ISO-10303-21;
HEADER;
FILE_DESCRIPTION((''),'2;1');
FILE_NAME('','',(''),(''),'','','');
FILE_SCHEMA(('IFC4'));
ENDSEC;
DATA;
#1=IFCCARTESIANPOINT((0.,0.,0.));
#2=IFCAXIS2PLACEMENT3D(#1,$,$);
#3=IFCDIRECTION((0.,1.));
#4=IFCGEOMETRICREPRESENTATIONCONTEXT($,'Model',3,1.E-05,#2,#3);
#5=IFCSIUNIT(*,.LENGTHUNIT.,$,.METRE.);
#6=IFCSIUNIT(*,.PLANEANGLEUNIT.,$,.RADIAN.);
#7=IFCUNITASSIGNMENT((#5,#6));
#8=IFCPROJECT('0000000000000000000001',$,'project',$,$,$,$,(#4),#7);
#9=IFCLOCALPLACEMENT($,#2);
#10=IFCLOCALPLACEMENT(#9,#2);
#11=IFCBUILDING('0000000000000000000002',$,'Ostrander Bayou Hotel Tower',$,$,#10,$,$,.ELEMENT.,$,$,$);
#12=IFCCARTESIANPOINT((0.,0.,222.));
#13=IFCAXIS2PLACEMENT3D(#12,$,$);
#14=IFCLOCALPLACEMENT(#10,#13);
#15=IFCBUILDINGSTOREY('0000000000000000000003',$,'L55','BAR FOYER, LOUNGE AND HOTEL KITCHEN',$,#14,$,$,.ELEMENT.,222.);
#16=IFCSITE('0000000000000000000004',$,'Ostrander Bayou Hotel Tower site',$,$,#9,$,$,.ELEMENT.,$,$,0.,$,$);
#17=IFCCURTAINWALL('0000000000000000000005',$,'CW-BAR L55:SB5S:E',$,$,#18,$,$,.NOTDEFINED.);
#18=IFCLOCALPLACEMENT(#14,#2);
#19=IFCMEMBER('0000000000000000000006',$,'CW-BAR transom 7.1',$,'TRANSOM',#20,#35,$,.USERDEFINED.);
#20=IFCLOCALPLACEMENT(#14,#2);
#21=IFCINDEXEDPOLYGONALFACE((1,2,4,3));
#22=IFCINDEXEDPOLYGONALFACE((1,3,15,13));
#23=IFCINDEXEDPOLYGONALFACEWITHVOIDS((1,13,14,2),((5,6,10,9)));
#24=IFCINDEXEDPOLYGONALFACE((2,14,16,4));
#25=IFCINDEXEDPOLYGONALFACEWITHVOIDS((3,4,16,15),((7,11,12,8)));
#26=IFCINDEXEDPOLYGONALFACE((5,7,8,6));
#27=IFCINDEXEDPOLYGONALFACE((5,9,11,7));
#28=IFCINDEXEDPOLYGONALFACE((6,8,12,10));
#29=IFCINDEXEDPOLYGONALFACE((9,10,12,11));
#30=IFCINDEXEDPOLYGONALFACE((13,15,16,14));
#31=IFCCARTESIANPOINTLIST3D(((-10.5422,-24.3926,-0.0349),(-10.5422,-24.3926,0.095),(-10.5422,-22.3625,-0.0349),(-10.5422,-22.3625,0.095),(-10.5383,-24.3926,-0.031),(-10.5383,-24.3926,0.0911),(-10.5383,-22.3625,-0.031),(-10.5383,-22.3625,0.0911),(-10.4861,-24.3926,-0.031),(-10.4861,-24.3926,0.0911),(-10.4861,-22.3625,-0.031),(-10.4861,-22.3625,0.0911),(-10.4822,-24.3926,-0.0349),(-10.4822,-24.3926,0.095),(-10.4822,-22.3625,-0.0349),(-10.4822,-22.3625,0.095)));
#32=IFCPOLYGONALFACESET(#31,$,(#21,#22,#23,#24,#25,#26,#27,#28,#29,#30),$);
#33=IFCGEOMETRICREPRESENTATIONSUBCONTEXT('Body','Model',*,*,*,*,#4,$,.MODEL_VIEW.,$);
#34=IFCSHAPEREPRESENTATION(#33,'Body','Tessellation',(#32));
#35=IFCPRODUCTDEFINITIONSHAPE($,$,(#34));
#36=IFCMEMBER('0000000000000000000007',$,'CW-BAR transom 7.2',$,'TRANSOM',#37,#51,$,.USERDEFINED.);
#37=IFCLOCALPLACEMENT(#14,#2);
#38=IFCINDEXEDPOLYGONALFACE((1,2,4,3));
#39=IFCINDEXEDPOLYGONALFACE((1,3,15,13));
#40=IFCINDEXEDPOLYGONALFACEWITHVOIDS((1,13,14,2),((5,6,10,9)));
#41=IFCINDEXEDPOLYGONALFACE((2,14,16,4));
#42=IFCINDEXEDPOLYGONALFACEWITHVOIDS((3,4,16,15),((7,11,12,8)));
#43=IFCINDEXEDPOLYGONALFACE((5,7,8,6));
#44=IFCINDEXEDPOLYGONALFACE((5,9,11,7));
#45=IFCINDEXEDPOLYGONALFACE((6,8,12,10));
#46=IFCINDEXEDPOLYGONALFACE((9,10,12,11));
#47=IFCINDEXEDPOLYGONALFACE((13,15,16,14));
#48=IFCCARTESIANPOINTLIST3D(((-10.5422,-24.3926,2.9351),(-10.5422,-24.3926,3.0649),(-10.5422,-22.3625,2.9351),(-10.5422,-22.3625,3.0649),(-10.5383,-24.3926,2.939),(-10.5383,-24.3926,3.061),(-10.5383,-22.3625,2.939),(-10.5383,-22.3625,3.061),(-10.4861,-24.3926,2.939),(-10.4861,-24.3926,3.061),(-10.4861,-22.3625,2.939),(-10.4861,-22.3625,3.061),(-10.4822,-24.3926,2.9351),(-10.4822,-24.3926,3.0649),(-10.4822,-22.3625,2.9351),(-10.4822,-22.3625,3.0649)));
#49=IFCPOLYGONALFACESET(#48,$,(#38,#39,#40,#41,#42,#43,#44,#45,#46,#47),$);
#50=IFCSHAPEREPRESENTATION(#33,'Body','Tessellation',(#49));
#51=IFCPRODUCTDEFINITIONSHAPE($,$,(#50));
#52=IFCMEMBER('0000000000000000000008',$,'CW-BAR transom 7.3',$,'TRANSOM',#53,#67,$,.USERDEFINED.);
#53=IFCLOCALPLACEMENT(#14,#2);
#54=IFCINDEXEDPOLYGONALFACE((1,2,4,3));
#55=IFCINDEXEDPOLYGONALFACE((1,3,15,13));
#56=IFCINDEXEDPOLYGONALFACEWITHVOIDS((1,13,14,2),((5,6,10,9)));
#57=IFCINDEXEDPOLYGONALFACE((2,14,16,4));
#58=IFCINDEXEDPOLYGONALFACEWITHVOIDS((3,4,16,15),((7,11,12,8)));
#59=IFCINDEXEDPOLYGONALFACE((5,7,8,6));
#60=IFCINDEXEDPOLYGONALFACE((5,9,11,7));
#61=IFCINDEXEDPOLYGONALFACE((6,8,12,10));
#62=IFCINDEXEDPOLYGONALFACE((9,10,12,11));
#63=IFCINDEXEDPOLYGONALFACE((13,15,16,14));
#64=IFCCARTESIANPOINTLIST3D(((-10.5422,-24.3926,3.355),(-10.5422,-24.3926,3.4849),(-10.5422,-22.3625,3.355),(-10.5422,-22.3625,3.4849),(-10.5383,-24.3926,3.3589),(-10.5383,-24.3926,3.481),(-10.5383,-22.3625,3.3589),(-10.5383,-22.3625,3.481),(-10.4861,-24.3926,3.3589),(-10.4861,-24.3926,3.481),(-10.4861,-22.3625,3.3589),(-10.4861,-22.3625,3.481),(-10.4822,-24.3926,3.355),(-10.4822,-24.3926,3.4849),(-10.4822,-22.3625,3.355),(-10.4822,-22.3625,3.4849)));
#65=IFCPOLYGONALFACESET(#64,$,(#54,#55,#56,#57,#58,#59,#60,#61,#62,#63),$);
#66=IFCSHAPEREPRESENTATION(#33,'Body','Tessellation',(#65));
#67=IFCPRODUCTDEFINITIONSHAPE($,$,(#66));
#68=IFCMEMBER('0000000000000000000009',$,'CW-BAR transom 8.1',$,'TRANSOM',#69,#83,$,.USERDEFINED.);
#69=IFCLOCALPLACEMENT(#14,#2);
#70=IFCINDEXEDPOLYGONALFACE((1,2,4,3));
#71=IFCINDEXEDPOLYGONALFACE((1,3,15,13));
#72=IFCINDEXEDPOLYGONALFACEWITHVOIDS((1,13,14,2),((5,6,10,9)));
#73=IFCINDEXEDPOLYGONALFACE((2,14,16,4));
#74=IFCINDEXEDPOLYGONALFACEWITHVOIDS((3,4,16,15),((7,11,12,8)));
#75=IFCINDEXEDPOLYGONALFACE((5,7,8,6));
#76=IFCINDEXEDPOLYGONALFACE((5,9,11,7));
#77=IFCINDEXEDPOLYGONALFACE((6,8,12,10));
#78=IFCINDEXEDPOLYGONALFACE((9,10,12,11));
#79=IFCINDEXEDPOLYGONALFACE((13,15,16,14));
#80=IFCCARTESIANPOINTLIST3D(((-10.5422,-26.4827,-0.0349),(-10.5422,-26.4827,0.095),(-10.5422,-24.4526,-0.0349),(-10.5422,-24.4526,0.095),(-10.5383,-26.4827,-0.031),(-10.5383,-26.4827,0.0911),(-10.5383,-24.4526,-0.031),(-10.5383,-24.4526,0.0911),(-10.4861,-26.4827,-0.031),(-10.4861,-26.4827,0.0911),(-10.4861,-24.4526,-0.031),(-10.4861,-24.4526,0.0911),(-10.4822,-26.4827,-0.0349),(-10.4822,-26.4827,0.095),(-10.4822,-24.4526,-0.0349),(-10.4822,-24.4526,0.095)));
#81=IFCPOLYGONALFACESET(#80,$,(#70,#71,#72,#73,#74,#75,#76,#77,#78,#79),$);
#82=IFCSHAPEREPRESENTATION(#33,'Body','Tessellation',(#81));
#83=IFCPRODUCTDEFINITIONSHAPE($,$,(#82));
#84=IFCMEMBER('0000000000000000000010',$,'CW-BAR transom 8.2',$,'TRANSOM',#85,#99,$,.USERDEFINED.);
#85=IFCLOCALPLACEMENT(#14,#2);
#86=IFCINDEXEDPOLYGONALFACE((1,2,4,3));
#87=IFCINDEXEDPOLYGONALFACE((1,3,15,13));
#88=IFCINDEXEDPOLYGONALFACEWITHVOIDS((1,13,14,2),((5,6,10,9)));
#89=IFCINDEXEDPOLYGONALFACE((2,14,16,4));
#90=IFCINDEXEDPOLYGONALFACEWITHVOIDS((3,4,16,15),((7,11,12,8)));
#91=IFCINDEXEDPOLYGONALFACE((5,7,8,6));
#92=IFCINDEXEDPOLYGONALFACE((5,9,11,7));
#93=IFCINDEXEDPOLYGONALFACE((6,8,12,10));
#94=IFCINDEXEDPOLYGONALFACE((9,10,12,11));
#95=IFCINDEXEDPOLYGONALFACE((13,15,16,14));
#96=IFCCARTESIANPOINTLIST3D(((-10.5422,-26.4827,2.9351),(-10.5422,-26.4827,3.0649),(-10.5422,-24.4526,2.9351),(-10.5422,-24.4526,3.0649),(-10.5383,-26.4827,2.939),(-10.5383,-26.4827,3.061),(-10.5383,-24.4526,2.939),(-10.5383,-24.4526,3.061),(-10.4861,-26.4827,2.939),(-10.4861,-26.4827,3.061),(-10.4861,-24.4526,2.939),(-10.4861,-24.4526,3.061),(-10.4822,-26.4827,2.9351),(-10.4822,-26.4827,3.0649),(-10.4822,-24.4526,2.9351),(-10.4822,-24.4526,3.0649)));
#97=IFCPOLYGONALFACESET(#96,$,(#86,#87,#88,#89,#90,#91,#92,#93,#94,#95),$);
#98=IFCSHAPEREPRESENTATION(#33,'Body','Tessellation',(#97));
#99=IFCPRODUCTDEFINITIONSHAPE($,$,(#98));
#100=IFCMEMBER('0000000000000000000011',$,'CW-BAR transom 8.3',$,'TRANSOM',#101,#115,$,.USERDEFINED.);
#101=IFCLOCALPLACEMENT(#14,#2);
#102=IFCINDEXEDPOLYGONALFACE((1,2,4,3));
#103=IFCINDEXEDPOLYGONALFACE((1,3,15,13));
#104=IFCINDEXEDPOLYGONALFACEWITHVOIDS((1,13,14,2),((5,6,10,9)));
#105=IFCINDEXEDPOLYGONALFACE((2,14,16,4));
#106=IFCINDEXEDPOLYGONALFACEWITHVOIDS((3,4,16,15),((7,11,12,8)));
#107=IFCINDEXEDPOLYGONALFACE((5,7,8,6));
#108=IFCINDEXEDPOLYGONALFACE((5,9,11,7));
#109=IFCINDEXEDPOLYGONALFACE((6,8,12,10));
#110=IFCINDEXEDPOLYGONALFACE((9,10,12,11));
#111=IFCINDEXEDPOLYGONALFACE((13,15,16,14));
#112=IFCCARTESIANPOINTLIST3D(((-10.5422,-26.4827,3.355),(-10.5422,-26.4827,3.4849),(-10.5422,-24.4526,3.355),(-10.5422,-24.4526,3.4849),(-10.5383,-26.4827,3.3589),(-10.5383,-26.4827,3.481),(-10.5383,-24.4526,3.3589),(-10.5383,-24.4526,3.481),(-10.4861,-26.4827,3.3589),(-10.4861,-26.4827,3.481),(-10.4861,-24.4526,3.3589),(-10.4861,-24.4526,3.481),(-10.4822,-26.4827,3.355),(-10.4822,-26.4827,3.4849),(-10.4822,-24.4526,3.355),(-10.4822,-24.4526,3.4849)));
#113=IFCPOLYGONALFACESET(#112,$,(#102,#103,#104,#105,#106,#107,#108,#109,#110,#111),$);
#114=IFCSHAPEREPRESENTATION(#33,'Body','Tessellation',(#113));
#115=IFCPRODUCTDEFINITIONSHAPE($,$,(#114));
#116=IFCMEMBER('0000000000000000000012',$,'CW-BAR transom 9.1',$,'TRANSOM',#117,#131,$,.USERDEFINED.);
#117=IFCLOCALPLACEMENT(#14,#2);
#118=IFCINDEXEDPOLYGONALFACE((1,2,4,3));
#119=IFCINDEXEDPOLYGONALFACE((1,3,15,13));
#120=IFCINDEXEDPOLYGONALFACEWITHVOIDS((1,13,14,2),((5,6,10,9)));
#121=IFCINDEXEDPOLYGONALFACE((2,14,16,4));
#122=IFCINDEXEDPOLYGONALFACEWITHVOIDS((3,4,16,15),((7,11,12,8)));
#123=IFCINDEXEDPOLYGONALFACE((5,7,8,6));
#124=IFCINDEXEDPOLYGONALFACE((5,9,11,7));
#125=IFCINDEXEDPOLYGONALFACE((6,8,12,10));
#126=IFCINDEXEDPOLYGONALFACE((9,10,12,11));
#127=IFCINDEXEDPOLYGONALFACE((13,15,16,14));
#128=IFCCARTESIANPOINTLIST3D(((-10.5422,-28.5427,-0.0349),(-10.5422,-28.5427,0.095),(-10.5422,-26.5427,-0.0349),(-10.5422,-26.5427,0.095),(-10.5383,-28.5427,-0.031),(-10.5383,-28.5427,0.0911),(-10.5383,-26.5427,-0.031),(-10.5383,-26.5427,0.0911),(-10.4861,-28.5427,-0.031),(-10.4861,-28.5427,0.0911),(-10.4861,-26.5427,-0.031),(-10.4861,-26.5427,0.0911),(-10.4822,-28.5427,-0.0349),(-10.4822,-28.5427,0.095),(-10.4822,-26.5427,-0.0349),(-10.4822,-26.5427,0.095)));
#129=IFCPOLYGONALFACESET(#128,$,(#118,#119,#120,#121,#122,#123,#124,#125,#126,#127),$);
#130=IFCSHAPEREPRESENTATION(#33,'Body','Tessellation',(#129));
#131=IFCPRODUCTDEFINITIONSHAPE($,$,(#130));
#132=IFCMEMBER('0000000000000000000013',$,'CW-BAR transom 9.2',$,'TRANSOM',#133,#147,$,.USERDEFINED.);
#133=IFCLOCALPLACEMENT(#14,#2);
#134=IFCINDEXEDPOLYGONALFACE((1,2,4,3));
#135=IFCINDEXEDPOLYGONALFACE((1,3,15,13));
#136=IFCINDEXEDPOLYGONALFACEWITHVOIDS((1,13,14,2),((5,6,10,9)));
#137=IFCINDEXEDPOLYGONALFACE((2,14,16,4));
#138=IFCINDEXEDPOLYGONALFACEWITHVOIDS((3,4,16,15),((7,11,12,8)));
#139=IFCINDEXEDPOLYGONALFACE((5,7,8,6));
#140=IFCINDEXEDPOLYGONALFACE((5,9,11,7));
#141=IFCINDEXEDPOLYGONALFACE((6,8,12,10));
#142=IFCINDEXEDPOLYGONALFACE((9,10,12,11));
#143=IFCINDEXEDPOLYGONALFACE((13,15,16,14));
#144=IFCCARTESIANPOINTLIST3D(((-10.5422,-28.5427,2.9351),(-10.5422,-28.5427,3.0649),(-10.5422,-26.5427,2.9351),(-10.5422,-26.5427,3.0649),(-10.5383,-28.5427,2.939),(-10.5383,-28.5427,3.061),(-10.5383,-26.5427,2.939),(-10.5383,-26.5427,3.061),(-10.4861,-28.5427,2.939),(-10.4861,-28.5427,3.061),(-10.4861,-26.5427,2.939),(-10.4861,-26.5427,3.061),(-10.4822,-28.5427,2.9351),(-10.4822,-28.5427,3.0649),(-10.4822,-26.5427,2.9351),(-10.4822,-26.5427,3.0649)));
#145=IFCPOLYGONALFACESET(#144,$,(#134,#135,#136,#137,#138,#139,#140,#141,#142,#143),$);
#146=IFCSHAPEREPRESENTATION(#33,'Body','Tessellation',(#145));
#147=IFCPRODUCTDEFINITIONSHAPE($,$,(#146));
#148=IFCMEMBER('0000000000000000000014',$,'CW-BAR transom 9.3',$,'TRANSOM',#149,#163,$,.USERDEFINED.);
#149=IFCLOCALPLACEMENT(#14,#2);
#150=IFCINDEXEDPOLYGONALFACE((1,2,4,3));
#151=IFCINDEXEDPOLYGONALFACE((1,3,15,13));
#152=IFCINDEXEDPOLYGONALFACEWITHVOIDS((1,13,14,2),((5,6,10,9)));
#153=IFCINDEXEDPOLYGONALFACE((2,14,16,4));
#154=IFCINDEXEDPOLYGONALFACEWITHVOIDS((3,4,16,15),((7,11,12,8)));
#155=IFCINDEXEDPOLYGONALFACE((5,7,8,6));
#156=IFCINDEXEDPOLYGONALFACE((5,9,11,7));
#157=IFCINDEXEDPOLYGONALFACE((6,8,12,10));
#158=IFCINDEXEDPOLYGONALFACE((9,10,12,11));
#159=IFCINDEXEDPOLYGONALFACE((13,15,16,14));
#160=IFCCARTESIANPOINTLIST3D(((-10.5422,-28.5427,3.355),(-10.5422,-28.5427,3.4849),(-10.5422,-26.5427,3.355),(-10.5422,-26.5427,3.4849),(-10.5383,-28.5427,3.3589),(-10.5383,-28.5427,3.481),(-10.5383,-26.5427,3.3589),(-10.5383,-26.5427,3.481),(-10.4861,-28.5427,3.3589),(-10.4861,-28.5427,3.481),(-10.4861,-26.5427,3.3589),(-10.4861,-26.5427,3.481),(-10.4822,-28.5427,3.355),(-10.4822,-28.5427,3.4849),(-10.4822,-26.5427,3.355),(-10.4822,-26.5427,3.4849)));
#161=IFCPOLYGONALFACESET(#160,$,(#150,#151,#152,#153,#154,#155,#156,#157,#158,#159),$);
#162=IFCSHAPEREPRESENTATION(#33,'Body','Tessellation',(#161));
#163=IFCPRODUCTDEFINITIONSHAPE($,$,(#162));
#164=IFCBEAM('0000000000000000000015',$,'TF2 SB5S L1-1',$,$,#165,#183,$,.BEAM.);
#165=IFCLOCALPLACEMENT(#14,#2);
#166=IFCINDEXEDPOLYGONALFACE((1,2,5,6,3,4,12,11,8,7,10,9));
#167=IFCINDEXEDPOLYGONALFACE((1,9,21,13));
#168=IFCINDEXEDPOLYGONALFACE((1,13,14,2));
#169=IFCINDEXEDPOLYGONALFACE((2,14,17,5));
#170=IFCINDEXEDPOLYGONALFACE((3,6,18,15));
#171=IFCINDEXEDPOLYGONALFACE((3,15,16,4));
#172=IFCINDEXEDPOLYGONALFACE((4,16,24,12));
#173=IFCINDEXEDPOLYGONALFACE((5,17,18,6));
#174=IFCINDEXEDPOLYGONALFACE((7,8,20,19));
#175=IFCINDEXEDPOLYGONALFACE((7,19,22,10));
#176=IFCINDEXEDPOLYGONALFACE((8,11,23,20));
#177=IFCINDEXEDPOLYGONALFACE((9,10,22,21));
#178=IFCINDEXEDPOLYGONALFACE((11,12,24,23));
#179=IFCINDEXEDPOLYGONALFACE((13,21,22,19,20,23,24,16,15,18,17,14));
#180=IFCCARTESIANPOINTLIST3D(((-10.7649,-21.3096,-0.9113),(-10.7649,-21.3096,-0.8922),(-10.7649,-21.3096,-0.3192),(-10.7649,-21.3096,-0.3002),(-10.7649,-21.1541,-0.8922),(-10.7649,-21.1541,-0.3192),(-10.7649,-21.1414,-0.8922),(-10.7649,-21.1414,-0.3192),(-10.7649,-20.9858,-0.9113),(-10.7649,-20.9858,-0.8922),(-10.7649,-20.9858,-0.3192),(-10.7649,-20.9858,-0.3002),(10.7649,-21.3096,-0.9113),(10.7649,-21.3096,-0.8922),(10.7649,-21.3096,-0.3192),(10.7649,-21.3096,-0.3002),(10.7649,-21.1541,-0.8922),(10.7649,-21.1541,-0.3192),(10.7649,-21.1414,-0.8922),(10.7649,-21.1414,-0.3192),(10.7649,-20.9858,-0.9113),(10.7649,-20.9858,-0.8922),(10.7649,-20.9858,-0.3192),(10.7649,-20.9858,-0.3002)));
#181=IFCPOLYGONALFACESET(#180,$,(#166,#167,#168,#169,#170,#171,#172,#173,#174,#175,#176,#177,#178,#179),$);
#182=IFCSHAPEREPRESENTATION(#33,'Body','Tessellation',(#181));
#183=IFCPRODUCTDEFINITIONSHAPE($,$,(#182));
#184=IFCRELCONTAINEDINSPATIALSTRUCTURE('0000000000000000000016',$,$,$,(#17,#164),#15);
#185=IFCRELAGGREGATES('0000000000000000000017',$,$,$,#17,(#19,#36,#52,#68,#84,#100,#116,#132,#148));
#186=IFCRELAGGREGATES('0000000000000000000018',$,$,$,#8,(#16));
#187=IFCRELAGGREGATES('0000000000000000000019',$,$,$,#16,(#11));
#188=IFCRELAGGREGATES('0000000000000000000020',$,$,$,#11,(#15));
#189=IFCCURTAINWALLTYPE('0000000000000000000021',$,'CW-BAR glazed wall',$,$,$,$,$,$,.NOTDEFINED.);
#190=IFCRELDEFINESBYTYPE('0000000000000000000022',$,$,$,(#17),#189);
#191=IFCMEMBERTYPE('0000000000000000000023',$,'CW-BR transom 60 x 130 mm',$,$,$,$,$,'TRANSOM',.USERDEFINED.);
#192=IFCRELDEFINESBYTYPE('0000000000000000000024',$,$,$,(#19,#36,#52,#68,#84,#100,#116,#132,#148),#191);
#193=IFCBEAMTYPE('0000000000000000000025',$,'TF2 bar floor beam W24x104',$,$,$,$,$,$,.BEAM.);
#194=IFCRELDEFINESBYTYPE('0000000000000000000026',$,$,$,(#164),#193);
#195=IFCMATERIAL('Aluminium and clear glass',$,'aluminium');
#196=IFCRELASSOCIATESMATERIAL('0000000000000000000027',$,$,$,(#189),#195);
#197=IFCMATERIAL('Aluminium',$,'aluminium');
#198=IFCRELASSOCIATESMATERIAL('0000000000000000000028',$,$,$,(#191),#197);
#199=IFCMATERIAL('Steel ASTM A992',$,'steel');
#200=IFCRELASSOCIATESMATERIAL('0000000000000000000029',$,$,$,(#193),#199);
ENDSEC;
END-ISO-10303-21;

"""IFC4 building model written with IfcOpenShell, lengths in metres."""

from ifc_helpers import new_model, si_unit, direction, frame, origin, origin_2d, place, context, subcontext, project, spatial, hollow_rectangle, i_section, extrude, material, material_profile, profile_set, type_object, element, aggregate, save


model = new_model("IFC4")

# Units and contexts
model_context = context("Model", 3, precision=1e-05, world=origin(), true_north=direction((0.0, 1.0)))
body_context = subcontext(model_context, "Body", "Model", "MODEL_VIEW")
ifc_project = project(units=[si_unit("LENGTHUNIT", "METRE"), si_unit("PLANEANGLEUNIT", "RADIAN")], contexts=[model_context])

# Site, building, storey
site_placement = place(None, origin())
site = spatial("IfcSite", under=ifc_project, at=site_placement, Name="Ostrander Bayou Hotel Tower site", CompositionType="ELEMENT", RefElevation=0.0)
building_placement = place(site_placement, origin())
building = spatial("IfcBuilding", under=site, at=building_placement, Name="Ostrander Bayou Hotel Tower", CompositionType="ELEMENT")
storey_placement = place(building_placement, frame((0.0, 0.0, 222.0)))
storey = spatial("IfcBuildingStorey", under=building, at=storey_placement, Name="L55", Description="BAR FOYER, LOUNGE AND HOTEL KITCHEN", CompositionType="ELEMENT", Elevation=222.0)

# Curtain wall, members
ifc_material_1 = material(Name="Aluminium and clear glass", Category="aluminium")
curtain_wall_type = type_object("IfcCurtainWallType", Name="CW-BAR glazed wall", PredefinedType="NOTDEFINED", material=ifc_material_1)
curtain_wall_placement = place(storey_placement, origin())
curtain_wall = element("IfcCurtainWall", 1, at=curtain_wall_placement, inside=storey, type_object=curtain_wall_type, Name="CW-BAR L55:SB5S:E", PredefinedType="NOTDEFINED")
ifc_material_2 = material(Name="Aluminium", Category="aluminium")
ifc_material_profile_1 = material_profile(ifc_material_2, hollow_rectangle(XDim=0.0601, YDim=0.1299, WallThickness=0.0039, at=origin_2d()))
ifc_profile_set_1 = profile_set([ifc_material_profile_1], Name="Aluminium")
member_type_1 = type_object("IfcMemberType", Name="CW-BR transom 60 x 130 mm", ElementType="TRANSOM", PredefinedType="USERDEFINED", material=ifc_profile_set_1)
member_1_placement = place(storey_placement, frame((-10.5122, -22.3625, 0.03), z_axis=(0.0, -1.0, 0.0), x_axis=(1.0, 0.0, 0.0)))
member_1 = element("IfcMember", 2, at=member_1_placement, type_object=member_type_1, Name="CW-BAR transom 7.1", ObjectType="TRANSOM", PredefinedType="USERDEFINED", context=body_context, shape_type="SweptSolid", body=[
    extrude(hollow_rectangle(XDim=0.0601, YDim=0.1299, WallThickness=0.0039, at=origin_2d()), origin(), (0.0, 0.0, 1.0), 2.03),
])
member_2_placement = place(storey_placement, frame((-10.5122, -22.3625, 3.0), z_axis=(0.0, -1.0, 0.0), x_axis=(1.0, 0.0, 0.0)))
member_2 = element("IfcMember", 3, at=member_2_placement, type_object=member_type_1, Name="CW-BAR transom 7.2", ObjectType="TRANSOM", PredefinedType="USERDEFINED", context=body_context, shape_type="SweptSolid", body=[
    extrude(hollow_rectangle(XDim=0.0601, YDim=0.1299, WallThickness=0.0039, at=origin_2d()), origin(), (0.0, 0.0, 1.0), 2.03),
])
member_3_placement = place(storey_placement, frame((-10.5122, -22.3625, 3.4199), z_axis=(0.0, -1.0, 0.0), x_axis=(1.0, 0.0, 0.0)))
member_3 = element("IfcMember", 4, at=member_3_placement, type_object=member_type_1, Name="CW-BAR transom 7.3", ObjectType="TRANSOM", PredefinedType="USERDEFINED", context=body_context, shape_type="SweptSolid", body=[
    extrude(hollow_rectangle(XDim=0.0601, YDim=0.1299, WallThickness=0.0039, at=origin_2d()), origin(), (0.0, 0.0, 1.0), 2.03),
])
member_4_placement = place(storey_placement, frame((-10.5122, -24.4526, 0.03), z_axis=(0.0, -1.0, 0.0), x_axis=(1.0, 0.0, 0.0)))
member_4 = element("IfcMember", 5, at=member_4_placement, type_object=member_type_1, Name="CW-BAR transom 8.1", ObjectType="TRANSOM", PredefinedType="USERDEFINED", context=body_context, shape_type="SweptSolid", body=[
    extrude(hollow_rectangle(XDim=0.0601, YDim=0.1299, WallThickness=0.0039, at=origin_2d()), origin(), (0.0, 0.0, 1.0), 2.03),
])
member_5_placement = place(storey_placement, frame((-10.5122, -24.4526, 3.0), z_axis=(0.0, -1.0, 0.0), x_axis=(1.0, 0.0, 0.0)))
member_5 = element("IfcMember", 6, at=member_5_placement, type_object=member_type_1, Name="CW-BAR transom 8.2", ObjectType="TRANSOM", PredefinedType="USERDEFINED", context=body_context, shape_type="SweptSolid", body=[
    extrude(hollow_rectangle(XDim=0.0601, YDim=0.1299, WallThickness=0.0039, at=origin_2d()), origin(), (0.0, 0.0, 1.0), 2.03),
])
member_6_placement = place(storey_placement, frame((-10.5122, -24.4526, 3.4199), z_axis=(0.0, -1.0, 0.0), x_axis=(1.0, 0.0, 0.0)))
member_6 = element("IfcMember", 7, at=member_6_placement, type_object=member_type_1, Name="CW-BAR transom 8.3", ObjectType="TRANSOM", PredefinedType="USERDEFINED", context=body_context, shape_type="SweptSolid", body=[
    extrude(hollow_rectangle(XDim=0.0601, YDim=0.1299, WallThickness=0.0039, at=origin_2d()), origin(), (0.0, 0.0, 1.0), 2.03),
])
member_7_placement = place(storey_placement, frame((-10.5122, -26.5427, 0.03), z_axis=(0.0, -1.0, 0.0), x_axis=(1.0, 0.0, 0.0)))
member_7 = element("IfcMember", 8, at=member_7_placement, type_object=member_type_1, Name="CW-BAR transom 9.1", ObjectType="TRANSOM", PredefinedType="USERDEFINED", context=body_context, shape_type="SweptSolid", body=[
    extrude(hollow_rectangle(XDim=0.0601, YDim=0.1299, WallThickness=0.0039, at=origin_2d()), origin(), (0.0, 0.0, 1.0), 2.0),
])
member_8_placement = place(storey_placement, frame((-10.5122, -26.5427, 3.0), z_axis=(0.0, -1.0, 0.0), x_axis=(1.0, 0.0, 0.0)))
member_8 = element("IfcMember", 9, at=member_8_placement, type_object=member_type_1, Name="CW-BAR transom 9.2", ObjectType="TRANSOM", PredefinedType="USERDEFINED", context=body_context, shape_type="SweptSolid", body=[
    extrude(hollow_rectangle(XDim=0.0601, YDim=0.1299, WallThickness=0.0039, at=origin_2d()), origin(), (0.0, 0.0, 1.0), 2.0),
])
member_9_placement = place(storey_placement, frame((-10.5122, -26.5427, 3.4199), z_axis=(0.0, -1.0, 0.0), x_axis=(1.0, 0.0, 0.0)))
member_9 = element("IfcMember", 10, at=member_9_placement, type_object=member_type_1, Name="CW-BAR transom 9.3", ObjectType="TRANSOM", PredefinedType="USERDEFINED", context=body_context, shape_type="SweptSolid", body=[
    extrude(hollow_rectangle(XDim=0.0601, YDim=0.1299, WallThickness=0.0039, at=origin_2d()), origin(), (0.0, 0.0, 1.0), 2.0),
])

# Beam
ifc_material_3 = material(Name="Steel ASTM A992", Category="steel")
ifc_material_profile_2 = material_profile(ifc_material_3, i_section(OverallWidth=0.3237, OverallDepth=0.6111, WebThickness=0.0127, FlangeThickness=0.019, at=origin_2d()))
ifc_profile_set_2 = profile_set([ifc_material_profile_2], Name="Steel ASTM A992")
beam_type = type_object("IfcBeamType", Name="TF2 bar floor beam W24x104", PredefinedType="BEAM", material=ifc_profile_set_2)
for number, where, z_axis, x_axis, name in (
    (11, (-10.7649, -21.1477, -0.6057), (1.0, 0.0, 0.0), (0.0, 1.0, 0.0), "TF2 SB5S L1-1"),
):
    element("IfcBeam", number, at=place(storey_placement, frame(where, z_axis=z_axis, x_axis=x_axis)), inside=storey, type_object=beam_type, Name=name, PredefinedType="BEAM", context=body_context, shape_type="SweptSolid", body=[
        extrude(i_section(OverallWidth=0.3237, OverallDepth=0.6111, WebThickness=0.0127, FlangeThickness=0.019, at=origin_2d()), origin(), (0.0, 0.0, 1.0), 21.5298),
    ])

aggregate(curtain_wall, [member_1, member_2, member_3, member_4, member_5, member_6, member_7, member_8, member_9])

save(model, "model.ifc")
